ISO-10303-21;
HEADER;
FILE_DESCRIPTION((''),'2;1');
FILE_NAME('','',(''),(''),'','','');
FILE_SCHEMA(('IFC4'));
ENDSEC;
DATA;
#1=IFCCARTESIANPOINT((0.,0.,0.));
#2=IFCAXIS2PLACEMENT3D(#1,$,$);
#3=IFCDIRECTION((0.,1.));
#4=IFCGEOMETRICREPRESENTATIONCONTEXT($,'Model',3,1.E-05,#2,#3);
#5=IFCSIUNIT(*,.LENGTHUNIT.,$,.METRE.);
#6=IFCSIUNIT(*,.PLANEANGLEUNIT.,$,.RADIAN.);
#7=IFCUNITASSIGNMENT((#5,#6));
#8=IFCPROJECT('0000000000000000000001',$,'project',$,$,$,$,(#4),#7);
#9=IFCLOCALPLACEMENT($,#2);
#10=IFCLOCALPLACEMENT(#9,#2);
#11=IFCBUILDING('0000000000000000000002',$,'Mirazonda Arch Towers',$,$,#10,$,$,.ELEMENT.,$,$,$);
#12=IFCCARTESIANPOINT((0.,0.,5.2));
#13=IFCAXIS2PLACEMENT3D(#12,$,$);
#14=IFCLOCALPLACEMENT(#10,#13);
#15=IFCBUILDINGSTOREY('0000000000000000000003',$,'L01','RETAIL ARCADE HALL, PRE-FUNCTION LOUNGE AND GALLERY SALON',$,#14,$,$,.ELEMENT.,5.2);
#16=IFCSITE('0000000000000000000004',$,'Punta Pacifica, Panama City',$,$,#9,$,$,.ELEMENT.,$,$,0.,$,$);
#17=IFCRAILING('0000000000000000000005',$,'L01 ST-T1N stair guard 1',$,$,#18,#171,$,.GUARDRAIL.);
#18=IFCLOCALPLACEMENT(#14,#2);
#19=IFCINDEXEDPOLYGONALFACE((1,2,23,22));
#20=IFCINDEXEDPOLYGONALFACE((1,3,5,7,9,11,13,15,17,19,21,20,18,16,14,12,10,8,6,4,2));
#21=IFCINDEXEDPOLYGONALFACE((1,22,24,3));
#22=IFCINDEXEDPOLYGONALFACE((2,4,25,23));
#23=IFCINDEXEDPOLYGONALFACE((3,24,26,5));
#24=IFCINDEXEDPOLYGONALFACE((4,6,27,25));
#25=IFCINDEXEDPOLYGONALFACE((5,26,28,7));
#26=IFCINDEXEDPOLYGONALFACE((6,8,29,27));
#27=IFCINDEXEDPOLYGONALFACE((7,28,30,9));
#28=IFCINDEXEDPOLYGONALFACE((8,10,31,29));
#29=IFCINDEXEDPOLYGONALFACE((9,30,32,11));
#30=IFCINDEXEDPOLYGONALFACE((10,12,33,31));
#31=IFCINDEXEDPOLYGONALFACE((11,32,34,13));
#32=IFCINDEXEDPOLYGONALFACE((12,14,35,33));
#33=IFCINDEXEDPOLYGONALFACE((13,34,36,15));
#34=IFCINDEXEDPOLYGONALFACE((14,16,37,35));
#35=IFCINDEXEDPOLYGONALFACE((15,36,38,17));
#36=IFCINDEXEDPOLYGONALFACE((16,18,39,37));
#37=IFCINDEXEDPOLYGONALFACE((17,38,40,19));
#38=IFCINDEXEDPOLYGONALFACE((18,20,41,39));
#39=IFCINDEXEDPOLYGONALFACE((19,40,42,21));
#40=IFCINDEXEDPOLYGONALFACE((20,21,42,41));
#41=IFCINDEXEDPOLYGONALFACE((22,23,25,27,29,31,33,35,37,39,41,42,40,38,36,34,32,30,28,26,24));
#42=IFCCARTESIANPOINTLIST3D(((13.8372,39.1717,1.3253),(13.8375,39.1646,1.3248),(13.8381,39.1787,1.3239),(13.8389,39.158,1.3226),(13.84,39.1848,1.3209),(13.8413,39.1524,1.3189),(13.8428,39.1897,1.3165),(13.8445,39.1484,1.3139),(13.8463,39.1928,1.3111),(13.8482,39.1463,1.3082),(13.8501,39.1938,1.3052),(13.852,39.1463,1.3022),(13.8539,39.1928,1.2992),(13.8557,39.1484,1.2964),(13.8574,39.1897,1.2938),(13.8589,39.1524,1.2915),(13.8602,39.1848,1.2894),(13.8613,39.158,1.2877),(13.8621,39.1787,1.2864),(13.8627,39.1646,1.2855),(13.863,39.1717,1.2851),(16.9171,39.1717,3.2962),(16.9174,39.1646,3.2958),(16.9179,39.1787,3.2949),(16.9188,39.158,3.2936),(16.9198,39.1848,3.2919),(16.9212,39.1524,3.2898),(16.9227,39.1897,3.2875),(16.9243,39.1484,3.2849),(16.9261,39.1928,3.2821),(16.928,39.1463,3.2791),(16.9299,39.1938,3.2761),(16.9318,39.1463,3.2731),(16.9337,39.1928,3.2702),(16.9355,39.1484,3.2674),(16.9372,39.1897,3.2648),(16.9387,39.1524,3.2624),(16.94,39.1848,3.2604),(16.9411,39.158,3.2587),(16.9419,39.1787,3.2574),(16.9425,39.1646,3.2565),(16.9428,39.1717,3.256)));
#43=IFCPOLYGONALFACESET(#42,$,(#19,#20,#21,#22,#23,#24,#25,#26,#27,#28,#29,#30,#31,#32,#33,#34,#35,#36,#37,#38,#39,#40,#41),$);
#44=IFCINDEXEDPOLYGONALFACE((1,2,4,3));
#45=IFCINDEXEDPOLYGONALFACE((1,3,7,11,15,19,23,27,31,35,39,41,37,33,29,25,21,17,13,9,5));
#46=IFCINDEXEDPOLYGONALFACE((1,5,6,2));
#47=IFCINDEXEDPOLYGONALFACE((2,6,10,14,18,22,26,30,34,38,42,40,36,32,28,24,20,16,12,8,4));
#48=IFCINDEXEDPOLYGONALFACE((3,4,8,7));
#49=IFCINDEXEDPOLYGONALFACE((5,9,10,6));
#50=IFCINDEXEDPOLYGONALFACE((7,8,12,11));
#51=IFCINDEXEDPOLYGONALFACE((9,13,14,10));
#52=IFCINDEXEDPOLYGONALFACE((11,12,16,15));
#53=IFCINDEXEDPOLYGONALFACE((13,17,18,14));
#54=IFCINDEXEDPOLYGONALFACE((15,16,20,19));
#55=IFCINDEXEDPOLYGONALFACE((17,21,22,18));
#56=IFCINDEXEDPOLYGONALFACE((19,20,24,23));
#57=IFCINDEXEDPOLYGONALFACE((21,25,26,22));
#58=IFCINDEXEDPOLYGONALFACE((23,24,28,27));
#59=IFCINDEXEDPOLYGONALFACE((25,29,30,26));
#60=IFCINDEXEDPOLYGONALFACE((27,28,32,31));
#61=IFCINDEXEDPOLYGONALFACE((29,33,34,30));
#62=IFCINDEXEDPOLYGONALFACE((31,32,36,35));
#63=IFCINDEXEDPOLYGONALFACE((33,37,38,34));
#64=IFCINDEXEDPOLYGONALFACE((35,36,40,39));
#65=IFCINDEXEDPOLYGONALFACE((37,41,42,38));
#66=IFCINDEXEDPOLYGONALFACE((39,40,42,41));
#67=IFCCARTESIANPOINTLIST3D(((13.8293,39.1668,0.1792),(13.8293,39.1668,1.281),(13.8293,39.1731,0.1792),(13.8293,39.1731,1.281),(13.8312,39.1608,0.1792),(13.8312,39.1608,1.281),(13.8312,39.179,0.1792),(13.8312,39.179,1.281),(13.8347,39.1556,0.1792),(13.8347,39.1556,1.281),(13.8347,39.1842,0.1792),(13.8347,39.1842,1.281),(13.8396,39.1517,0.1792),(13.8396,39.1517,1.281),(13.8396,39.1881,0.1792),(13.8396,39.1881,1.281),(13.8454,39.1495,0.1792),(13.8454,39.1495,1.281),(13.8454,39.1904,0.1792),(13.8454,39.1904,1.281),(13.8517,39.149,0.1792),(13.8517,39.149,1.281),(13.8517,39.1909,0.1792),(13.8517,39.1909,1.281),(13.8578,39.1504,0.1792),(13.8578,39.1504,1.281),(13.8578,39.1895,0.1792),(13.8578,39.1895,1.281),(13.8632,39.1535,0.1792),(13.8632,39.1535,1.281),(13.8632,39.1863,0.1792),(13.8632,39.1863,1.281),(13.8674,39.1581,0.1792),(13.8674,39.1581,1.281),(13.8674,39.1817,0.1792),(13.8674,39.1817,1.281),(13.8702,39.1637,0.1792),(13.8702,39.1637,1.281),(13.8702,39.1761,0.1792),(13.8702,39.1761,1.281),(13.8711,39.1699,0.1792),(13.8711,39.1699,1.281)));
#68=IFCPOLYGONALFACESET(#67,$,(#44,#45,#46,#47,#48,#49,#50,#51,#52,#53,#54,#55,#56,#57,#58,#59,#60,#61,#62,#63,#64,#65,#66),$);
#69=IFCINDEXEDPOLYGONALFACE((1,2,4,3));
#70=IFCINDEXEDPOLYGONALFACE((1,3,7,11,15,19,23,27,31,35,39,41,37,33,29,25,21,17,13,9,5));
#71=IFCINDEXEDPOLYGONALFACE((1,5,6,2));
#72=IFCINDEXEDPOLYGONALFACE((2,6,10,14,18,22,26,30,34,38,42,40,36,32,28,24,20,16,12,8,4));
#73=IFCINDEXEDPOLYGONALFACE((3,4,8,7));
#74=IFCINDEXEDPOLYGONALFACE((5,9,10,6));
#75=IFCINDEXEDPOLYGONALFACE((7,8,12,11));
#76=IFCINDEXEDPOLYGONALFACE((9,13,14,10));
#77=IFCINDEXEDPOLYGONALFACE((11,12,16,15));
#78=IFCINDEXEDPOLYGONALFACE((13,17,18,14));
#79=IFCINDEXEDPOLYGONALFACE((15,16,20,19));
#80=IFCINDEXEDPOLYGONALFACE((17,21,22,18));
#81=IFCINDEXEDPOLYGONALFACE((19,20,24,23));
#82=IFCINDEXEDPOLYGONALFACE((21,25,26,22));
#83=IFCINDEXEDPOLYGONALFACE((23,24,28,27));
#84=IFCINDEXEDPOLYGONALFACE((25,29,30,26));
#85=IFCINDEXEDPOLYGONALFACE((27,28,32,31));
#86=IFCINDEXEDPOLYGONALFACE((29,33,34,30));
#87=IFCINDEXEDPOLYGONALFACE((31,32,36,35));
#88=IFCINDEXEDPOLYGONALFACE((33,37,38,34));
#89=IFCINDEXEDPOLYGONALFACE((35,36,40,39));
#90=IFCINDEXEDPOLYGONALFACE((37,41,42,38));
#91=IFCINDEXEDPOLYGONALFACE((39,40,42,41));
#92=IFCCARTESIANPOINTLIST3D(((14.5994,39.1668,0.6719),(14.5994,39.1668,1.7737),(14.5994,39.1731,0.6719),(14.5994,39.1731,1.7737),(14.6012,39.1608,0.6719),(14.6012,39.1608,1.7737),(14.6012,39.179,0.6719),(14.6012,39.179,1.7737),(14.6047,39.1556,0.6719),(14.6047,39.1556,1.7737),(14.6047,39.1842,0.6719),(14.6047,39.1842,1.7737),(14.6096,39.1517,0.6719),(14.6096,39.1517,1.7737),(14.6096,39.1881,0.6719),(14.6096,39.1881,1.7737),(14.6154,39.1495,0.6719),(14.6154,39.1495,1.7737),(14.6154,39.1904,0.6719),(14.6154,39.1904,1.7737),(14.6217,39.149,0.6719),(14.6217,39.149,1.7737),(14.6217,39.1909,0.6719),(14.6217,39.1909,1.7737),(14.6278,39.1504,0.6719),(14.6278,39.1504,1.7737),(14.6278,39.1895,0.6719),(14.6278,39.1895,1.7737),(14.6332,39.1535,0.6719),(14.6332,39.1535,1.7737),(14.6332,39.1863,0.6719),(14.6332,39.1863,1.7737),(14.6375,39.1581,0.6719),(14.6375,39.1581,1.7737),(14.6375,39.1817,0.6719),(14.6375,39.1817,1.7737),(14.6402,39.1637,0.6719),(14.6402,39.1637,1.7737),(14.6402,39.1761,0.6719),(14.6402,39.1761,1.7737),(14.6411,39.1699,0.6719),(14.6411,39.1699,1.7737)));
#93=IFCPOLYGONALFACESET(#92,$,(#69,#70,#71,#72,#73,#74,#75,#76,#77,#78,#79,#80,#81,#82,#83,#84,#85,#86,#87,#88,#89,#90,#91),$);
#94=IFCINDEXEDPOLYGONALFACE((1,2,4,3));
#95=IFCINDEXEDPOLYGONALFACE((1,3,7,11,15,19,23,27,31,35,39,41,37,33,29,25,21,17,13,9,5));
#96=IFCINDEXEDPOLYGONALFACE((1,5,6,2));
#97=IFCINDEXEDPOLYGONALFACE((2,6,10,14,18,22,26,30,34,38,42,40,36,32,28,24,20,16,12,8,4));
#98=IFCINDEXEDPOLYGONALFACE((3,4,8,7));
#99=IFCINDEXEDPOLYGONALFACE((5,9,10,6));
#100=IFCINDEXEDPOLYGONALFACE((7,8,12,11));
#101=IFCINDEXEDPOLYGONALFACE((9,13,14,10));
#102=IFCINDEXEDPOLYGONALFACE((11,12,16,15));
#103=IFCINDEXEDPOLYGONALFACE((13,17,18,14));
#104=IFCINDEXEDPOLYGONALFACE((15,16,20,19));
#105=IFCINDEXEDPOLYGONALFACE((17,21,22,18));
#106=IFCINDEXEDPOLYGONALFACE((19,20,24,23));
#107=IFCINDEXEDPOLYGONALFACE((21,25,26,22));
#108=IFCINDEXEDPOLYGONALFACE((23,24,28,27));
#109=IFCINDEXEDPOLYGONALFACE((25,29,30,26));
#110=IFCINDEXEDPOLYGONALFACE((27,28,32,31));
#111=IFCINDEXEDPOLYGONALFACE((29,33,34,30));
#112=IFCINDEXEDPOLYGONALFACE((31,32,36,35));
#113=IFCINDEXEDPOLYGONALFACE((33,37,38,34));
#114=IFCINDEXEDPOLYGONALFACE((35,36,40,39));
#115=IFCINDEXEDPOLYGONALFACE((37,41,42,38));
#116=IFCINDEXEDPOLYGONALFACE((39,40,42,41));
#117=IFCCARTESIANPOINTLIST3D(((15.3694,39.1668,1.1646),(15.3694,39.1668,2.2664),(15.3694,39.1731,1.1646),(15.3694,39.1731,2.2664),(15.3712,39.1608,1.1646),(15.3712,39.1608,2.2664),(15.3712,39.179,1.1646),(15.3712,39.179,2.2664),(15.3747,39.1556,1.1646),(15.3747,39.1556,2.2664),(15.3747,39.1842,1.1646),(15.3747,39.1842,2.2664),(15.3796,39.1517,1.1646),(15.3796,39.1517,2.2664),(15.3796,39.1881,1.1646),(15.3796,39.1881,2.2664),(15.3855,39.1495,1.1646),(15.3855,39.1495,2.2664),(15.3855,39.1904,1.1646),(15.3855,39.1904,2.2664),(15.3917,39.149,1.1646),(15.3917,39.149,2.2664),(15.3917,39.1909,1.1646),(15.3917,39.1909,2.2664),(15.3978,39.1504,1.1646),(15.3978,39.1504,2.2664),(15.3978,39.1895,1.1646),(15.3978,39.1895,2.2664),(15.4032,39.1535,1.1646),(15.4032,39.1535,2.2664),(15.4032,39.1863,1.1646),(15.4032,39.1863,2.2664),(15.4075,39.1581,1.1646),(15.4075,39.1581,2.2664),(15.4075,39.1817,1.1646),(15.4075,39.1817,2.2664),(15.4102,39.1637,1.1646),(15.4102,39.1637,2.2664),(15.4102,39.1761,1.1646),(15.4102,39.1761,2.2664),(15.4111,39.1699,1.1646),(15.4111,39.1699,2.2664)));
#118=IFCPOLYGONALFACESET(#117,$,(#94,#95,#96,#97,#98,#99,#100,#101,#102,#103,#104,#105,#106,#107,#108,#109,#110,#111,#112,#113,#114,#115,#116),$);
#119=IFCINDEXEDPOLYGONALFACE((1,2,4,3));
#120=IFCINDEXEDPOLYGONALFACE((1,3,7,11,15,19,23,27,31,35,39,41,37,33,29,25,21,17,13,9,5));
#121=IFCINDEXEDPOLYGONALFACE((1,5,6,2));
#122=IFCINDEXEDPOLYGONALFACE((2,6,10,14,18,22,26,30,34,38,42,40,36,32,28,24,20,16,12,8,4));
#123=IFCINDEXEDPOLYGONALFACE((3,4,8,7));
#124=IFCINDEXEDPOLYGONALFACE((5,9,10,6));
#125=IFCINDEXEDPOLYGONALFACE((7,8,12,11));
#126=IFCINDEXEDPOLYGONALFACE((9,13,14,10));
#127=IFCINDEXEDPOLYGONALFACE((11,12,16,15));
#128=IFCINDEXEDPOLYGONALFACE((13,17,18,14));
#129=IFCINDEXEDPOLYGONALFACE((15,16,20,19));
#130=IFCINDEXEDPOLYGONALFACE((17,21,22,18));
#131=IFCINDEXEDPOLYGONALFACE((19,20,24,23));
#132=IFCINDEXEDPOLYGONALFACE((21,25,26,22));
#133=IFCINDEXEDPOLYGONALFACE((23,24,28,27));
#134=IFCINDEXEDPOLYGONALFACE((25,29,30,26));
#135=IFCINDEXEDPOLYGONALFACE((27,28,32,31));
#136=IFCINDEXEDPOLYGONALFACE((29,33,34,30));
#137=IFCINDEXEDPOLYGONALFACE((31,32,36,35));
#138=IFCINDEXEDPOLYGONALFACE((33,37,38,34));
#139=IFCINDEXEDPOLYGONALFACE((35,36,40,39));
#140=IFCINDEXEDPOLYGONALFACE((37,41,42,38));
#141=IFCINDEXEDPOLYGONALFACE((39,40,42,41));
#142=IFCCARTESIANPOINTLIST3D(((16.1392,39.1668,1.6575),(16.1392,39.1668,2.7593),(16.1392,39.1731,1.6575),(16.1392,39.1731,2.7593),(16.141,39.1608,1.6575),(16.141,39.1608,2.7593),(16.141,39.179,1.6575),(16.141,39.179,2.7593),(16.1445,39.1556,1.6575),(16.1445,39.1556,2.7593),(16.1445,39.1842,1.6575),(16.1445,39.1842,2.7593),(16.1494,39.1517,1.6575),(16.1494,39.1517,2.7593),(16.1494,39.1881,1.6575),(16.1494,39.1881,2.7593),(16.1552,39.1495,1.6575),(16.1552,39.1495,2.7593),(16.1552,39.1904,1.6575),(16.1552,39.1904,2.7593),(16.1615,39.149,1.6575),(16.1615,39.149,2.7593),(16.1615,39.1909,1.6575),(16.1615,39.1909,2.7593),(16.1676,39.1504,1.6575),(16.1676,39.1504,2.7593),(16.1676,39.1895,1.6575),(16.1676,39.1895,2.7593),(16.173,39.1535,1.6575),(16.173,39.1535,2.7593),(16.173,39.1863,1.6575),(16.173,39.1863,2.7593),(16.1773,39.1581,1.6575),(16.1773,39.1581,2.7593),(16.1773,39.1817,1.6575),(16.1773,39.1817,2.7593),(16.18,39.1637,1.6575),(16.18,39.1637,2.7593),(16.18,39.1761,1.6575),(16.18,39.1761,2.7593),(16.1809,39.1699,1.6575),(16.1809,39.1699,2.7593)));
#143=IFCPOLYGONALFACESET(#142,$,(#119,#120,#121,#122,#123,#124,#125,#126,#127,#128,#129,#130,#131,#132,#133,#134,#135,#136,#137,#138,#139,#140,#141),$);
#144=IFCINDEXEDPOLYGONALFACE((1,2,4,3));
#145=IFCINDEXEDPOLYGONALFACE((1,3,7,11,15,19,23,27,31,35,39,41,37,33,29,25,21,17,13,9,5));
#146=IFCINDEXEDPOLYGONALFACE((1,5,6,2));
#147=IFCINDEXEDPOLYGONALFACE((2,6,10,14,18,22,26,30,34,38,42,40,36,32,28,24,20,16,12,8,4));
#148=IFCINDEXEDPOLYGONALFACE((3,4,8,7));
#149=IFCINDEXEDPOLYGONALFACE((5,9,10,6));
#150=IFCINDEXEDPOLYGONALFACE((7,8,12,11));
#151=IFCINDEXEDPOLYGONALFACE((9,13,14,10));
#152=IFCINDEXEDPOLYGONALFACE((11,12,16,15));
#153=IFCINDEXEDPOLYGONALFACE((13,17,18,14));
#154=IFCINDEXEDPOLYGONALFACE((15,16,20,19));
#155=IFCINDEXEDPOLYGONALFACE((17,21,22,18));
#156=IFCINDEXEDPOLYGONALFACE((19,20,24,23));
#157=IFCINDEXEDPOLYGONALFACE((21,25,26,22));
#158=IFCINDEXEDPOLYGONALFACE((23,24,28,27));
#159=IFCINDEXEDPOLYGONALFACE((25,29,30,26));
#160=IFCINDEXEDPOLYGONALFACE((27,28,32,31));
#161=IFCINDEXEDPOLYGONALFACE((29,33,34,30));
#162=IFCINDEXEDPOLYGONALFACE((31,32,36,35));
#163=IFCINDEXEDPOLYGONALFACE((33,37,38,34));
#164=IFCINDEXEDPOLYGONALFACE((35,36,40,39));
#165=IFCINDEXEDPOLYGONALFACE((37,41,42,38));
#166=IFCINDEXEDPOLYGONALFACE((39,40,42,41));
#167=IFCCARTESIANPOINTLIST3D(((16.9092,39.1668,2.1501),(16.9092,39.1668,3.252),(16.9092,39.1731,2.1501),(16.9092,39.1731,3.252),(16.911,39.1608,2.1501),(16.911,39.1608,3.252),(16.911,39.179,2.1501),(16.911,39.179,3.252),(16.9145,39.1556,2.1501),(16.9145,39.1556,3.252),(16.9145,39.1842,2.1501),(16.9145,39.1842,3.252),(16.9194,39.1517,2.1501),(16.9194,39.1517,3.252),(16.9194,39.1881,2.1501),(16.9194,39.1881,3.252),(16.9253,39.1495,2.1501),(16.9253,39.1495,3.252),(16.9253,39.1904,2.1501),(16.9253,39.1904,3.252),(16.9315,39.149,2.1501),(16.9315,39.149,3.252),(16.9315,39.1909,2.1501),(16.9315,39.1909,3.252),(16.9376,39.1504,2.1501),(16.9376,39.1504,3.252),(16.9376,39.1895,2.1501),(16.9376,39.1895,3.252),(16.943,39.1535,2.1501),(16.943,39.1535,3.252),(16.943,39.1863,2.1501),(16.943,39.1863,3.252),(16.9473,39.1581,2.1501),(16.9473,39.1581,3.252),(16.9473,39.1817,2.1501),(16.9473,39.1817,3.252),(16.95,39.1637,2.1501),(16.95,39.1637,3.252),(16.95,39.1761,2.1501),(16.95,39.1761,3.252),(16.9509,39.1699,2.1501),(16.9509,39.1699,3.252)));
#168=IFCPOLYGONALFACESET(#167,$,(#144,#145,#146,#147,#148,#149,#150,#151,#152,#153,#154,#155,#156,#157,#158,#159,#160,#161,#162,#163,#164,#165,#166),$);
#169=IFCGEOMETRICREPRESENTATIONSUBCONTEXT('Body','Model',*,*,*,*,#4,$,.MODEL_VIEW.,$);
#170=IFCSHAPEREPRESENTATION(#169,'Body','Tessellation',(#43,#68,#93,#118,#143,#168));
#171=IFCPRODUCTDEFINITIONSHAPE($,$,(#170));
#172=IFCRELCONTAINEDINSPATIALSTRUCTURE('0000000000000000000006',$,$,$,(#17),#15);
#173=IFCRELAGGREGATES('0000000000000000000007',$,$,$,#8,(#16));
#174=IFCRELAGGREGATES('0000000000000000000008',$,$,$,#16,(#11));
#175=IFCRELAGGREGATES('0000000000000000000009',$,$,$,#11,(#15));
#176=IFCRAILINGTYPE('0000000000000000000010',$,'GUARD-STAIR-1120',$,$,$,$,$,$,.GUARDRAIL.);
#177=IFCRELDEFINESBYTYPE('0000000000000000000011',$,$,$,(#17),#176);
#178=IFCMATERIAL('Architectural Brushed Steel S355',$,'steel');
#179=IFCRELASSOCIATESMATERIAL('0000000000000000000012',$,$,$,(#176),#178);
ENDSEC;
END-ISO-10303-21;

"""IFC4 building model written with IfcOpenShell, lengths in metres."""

from ifc_helpers import new_model, si_unit, direction, frame, origin, origin_2d, place, context, subcontext, project, spatial, circle, extrude, material, type_object, element, save


model = new_model("IFC4")

# Units and contexts
model_context = context("Model", 3, precision=1e-05, world=origin(), true_north=direction((0.0, 1.0)))
body_context = subcontext(model_context, "Body", "Model", "MODEL_VIEW")
ifc_project = project(units=[si_unit("LENGTHUNIT", "METRE"), si_unit("PLANEANGLEUNIT", "RADIAN")], contexts=[model_context])

# Site, building, storey
site_placement = place(None, origin())
site = spatial("IfcSite", under=ifc_project, at=site_placement, Name="Punta Pacifica, Panama City", CompositionType="ELEMENT", RefElevation=0.0)
building_placement = place(site_placement, origin())
building = spatial("IfcBuilding", under=site, at=building_placement, Name="Mirazonda Arch Towers", CompositionType="ELEMENT")
storey_placement = place(building_placement, frame((0.0, 0.0, 5.2)))
storey = spatial("IfcBuildingStorey", under=building, at=storey_placement, Name="L01", Description="RETAIL ARCADE HALL, PRE-FUNCTION LOUNGE AND GALLERY SALON", CompositionType="ELEMENT", Elevation=5.2)

# Shared definitions
ifc_material_1 = material(Name="Architectural Brushed Steel S355", Category="steel")

# Railing
railing_type_1 = type_object("IfcRailingType", Name="GUARD-STAIR-1120", PredefinedType="GUARDRAIL", material=ifc_material_1)
railing_1_placement = place(storey_placement, frame((13.8501, 39.1699, 0.1792)))
element("IfcRailing", 1, at=railing_1_placement, inside=storey, type_object=railing_type_1, Name="L01 ST-T1N stair guard 1", PredefinedType="GUARDRAIL", context=body_context, shape_type="SweptSolid", body=[
    extrude(circle(Radius=0.0239, at=origin_2d()), frame((0.0, 0.0, 1.126), z_axis=(0.84229, 0.0, 0.539025), x_axis=(0.0, 1.0, 0.0)), (0.0, 0.0, 1.0), 3.6565),
    extrude(circle(Radius=0.021, at=origin_2d()), origin(), (0.0, 0.0, 1.0), 1.1018),
    extrude(circle(Radius=0.021, at=origin_2d()), frame((0.77, 0.0, 0.4927)), (0.0, 0.0, 1.0), 1.1018),
    extrude(circle(Radius=0.021, at=origin_2d()), frame((1.54, 0.0, 0.9854)), (0.0, 0.0, 1.0), 1.1018),
    extrude(circle(Radius=0.021, at=origin_2d()), frame((2.3098, 0.0, 1.4783)), (0.0, 0.0, 1.0), 1.1018),
    extrude(circle(Radius=0.021, at=origin_2d()), frame((3.0798, 0.0, 1.9709)), (0.0, 0.0, 1.0), 1.1018),
])

save(model, "model.ifc")
